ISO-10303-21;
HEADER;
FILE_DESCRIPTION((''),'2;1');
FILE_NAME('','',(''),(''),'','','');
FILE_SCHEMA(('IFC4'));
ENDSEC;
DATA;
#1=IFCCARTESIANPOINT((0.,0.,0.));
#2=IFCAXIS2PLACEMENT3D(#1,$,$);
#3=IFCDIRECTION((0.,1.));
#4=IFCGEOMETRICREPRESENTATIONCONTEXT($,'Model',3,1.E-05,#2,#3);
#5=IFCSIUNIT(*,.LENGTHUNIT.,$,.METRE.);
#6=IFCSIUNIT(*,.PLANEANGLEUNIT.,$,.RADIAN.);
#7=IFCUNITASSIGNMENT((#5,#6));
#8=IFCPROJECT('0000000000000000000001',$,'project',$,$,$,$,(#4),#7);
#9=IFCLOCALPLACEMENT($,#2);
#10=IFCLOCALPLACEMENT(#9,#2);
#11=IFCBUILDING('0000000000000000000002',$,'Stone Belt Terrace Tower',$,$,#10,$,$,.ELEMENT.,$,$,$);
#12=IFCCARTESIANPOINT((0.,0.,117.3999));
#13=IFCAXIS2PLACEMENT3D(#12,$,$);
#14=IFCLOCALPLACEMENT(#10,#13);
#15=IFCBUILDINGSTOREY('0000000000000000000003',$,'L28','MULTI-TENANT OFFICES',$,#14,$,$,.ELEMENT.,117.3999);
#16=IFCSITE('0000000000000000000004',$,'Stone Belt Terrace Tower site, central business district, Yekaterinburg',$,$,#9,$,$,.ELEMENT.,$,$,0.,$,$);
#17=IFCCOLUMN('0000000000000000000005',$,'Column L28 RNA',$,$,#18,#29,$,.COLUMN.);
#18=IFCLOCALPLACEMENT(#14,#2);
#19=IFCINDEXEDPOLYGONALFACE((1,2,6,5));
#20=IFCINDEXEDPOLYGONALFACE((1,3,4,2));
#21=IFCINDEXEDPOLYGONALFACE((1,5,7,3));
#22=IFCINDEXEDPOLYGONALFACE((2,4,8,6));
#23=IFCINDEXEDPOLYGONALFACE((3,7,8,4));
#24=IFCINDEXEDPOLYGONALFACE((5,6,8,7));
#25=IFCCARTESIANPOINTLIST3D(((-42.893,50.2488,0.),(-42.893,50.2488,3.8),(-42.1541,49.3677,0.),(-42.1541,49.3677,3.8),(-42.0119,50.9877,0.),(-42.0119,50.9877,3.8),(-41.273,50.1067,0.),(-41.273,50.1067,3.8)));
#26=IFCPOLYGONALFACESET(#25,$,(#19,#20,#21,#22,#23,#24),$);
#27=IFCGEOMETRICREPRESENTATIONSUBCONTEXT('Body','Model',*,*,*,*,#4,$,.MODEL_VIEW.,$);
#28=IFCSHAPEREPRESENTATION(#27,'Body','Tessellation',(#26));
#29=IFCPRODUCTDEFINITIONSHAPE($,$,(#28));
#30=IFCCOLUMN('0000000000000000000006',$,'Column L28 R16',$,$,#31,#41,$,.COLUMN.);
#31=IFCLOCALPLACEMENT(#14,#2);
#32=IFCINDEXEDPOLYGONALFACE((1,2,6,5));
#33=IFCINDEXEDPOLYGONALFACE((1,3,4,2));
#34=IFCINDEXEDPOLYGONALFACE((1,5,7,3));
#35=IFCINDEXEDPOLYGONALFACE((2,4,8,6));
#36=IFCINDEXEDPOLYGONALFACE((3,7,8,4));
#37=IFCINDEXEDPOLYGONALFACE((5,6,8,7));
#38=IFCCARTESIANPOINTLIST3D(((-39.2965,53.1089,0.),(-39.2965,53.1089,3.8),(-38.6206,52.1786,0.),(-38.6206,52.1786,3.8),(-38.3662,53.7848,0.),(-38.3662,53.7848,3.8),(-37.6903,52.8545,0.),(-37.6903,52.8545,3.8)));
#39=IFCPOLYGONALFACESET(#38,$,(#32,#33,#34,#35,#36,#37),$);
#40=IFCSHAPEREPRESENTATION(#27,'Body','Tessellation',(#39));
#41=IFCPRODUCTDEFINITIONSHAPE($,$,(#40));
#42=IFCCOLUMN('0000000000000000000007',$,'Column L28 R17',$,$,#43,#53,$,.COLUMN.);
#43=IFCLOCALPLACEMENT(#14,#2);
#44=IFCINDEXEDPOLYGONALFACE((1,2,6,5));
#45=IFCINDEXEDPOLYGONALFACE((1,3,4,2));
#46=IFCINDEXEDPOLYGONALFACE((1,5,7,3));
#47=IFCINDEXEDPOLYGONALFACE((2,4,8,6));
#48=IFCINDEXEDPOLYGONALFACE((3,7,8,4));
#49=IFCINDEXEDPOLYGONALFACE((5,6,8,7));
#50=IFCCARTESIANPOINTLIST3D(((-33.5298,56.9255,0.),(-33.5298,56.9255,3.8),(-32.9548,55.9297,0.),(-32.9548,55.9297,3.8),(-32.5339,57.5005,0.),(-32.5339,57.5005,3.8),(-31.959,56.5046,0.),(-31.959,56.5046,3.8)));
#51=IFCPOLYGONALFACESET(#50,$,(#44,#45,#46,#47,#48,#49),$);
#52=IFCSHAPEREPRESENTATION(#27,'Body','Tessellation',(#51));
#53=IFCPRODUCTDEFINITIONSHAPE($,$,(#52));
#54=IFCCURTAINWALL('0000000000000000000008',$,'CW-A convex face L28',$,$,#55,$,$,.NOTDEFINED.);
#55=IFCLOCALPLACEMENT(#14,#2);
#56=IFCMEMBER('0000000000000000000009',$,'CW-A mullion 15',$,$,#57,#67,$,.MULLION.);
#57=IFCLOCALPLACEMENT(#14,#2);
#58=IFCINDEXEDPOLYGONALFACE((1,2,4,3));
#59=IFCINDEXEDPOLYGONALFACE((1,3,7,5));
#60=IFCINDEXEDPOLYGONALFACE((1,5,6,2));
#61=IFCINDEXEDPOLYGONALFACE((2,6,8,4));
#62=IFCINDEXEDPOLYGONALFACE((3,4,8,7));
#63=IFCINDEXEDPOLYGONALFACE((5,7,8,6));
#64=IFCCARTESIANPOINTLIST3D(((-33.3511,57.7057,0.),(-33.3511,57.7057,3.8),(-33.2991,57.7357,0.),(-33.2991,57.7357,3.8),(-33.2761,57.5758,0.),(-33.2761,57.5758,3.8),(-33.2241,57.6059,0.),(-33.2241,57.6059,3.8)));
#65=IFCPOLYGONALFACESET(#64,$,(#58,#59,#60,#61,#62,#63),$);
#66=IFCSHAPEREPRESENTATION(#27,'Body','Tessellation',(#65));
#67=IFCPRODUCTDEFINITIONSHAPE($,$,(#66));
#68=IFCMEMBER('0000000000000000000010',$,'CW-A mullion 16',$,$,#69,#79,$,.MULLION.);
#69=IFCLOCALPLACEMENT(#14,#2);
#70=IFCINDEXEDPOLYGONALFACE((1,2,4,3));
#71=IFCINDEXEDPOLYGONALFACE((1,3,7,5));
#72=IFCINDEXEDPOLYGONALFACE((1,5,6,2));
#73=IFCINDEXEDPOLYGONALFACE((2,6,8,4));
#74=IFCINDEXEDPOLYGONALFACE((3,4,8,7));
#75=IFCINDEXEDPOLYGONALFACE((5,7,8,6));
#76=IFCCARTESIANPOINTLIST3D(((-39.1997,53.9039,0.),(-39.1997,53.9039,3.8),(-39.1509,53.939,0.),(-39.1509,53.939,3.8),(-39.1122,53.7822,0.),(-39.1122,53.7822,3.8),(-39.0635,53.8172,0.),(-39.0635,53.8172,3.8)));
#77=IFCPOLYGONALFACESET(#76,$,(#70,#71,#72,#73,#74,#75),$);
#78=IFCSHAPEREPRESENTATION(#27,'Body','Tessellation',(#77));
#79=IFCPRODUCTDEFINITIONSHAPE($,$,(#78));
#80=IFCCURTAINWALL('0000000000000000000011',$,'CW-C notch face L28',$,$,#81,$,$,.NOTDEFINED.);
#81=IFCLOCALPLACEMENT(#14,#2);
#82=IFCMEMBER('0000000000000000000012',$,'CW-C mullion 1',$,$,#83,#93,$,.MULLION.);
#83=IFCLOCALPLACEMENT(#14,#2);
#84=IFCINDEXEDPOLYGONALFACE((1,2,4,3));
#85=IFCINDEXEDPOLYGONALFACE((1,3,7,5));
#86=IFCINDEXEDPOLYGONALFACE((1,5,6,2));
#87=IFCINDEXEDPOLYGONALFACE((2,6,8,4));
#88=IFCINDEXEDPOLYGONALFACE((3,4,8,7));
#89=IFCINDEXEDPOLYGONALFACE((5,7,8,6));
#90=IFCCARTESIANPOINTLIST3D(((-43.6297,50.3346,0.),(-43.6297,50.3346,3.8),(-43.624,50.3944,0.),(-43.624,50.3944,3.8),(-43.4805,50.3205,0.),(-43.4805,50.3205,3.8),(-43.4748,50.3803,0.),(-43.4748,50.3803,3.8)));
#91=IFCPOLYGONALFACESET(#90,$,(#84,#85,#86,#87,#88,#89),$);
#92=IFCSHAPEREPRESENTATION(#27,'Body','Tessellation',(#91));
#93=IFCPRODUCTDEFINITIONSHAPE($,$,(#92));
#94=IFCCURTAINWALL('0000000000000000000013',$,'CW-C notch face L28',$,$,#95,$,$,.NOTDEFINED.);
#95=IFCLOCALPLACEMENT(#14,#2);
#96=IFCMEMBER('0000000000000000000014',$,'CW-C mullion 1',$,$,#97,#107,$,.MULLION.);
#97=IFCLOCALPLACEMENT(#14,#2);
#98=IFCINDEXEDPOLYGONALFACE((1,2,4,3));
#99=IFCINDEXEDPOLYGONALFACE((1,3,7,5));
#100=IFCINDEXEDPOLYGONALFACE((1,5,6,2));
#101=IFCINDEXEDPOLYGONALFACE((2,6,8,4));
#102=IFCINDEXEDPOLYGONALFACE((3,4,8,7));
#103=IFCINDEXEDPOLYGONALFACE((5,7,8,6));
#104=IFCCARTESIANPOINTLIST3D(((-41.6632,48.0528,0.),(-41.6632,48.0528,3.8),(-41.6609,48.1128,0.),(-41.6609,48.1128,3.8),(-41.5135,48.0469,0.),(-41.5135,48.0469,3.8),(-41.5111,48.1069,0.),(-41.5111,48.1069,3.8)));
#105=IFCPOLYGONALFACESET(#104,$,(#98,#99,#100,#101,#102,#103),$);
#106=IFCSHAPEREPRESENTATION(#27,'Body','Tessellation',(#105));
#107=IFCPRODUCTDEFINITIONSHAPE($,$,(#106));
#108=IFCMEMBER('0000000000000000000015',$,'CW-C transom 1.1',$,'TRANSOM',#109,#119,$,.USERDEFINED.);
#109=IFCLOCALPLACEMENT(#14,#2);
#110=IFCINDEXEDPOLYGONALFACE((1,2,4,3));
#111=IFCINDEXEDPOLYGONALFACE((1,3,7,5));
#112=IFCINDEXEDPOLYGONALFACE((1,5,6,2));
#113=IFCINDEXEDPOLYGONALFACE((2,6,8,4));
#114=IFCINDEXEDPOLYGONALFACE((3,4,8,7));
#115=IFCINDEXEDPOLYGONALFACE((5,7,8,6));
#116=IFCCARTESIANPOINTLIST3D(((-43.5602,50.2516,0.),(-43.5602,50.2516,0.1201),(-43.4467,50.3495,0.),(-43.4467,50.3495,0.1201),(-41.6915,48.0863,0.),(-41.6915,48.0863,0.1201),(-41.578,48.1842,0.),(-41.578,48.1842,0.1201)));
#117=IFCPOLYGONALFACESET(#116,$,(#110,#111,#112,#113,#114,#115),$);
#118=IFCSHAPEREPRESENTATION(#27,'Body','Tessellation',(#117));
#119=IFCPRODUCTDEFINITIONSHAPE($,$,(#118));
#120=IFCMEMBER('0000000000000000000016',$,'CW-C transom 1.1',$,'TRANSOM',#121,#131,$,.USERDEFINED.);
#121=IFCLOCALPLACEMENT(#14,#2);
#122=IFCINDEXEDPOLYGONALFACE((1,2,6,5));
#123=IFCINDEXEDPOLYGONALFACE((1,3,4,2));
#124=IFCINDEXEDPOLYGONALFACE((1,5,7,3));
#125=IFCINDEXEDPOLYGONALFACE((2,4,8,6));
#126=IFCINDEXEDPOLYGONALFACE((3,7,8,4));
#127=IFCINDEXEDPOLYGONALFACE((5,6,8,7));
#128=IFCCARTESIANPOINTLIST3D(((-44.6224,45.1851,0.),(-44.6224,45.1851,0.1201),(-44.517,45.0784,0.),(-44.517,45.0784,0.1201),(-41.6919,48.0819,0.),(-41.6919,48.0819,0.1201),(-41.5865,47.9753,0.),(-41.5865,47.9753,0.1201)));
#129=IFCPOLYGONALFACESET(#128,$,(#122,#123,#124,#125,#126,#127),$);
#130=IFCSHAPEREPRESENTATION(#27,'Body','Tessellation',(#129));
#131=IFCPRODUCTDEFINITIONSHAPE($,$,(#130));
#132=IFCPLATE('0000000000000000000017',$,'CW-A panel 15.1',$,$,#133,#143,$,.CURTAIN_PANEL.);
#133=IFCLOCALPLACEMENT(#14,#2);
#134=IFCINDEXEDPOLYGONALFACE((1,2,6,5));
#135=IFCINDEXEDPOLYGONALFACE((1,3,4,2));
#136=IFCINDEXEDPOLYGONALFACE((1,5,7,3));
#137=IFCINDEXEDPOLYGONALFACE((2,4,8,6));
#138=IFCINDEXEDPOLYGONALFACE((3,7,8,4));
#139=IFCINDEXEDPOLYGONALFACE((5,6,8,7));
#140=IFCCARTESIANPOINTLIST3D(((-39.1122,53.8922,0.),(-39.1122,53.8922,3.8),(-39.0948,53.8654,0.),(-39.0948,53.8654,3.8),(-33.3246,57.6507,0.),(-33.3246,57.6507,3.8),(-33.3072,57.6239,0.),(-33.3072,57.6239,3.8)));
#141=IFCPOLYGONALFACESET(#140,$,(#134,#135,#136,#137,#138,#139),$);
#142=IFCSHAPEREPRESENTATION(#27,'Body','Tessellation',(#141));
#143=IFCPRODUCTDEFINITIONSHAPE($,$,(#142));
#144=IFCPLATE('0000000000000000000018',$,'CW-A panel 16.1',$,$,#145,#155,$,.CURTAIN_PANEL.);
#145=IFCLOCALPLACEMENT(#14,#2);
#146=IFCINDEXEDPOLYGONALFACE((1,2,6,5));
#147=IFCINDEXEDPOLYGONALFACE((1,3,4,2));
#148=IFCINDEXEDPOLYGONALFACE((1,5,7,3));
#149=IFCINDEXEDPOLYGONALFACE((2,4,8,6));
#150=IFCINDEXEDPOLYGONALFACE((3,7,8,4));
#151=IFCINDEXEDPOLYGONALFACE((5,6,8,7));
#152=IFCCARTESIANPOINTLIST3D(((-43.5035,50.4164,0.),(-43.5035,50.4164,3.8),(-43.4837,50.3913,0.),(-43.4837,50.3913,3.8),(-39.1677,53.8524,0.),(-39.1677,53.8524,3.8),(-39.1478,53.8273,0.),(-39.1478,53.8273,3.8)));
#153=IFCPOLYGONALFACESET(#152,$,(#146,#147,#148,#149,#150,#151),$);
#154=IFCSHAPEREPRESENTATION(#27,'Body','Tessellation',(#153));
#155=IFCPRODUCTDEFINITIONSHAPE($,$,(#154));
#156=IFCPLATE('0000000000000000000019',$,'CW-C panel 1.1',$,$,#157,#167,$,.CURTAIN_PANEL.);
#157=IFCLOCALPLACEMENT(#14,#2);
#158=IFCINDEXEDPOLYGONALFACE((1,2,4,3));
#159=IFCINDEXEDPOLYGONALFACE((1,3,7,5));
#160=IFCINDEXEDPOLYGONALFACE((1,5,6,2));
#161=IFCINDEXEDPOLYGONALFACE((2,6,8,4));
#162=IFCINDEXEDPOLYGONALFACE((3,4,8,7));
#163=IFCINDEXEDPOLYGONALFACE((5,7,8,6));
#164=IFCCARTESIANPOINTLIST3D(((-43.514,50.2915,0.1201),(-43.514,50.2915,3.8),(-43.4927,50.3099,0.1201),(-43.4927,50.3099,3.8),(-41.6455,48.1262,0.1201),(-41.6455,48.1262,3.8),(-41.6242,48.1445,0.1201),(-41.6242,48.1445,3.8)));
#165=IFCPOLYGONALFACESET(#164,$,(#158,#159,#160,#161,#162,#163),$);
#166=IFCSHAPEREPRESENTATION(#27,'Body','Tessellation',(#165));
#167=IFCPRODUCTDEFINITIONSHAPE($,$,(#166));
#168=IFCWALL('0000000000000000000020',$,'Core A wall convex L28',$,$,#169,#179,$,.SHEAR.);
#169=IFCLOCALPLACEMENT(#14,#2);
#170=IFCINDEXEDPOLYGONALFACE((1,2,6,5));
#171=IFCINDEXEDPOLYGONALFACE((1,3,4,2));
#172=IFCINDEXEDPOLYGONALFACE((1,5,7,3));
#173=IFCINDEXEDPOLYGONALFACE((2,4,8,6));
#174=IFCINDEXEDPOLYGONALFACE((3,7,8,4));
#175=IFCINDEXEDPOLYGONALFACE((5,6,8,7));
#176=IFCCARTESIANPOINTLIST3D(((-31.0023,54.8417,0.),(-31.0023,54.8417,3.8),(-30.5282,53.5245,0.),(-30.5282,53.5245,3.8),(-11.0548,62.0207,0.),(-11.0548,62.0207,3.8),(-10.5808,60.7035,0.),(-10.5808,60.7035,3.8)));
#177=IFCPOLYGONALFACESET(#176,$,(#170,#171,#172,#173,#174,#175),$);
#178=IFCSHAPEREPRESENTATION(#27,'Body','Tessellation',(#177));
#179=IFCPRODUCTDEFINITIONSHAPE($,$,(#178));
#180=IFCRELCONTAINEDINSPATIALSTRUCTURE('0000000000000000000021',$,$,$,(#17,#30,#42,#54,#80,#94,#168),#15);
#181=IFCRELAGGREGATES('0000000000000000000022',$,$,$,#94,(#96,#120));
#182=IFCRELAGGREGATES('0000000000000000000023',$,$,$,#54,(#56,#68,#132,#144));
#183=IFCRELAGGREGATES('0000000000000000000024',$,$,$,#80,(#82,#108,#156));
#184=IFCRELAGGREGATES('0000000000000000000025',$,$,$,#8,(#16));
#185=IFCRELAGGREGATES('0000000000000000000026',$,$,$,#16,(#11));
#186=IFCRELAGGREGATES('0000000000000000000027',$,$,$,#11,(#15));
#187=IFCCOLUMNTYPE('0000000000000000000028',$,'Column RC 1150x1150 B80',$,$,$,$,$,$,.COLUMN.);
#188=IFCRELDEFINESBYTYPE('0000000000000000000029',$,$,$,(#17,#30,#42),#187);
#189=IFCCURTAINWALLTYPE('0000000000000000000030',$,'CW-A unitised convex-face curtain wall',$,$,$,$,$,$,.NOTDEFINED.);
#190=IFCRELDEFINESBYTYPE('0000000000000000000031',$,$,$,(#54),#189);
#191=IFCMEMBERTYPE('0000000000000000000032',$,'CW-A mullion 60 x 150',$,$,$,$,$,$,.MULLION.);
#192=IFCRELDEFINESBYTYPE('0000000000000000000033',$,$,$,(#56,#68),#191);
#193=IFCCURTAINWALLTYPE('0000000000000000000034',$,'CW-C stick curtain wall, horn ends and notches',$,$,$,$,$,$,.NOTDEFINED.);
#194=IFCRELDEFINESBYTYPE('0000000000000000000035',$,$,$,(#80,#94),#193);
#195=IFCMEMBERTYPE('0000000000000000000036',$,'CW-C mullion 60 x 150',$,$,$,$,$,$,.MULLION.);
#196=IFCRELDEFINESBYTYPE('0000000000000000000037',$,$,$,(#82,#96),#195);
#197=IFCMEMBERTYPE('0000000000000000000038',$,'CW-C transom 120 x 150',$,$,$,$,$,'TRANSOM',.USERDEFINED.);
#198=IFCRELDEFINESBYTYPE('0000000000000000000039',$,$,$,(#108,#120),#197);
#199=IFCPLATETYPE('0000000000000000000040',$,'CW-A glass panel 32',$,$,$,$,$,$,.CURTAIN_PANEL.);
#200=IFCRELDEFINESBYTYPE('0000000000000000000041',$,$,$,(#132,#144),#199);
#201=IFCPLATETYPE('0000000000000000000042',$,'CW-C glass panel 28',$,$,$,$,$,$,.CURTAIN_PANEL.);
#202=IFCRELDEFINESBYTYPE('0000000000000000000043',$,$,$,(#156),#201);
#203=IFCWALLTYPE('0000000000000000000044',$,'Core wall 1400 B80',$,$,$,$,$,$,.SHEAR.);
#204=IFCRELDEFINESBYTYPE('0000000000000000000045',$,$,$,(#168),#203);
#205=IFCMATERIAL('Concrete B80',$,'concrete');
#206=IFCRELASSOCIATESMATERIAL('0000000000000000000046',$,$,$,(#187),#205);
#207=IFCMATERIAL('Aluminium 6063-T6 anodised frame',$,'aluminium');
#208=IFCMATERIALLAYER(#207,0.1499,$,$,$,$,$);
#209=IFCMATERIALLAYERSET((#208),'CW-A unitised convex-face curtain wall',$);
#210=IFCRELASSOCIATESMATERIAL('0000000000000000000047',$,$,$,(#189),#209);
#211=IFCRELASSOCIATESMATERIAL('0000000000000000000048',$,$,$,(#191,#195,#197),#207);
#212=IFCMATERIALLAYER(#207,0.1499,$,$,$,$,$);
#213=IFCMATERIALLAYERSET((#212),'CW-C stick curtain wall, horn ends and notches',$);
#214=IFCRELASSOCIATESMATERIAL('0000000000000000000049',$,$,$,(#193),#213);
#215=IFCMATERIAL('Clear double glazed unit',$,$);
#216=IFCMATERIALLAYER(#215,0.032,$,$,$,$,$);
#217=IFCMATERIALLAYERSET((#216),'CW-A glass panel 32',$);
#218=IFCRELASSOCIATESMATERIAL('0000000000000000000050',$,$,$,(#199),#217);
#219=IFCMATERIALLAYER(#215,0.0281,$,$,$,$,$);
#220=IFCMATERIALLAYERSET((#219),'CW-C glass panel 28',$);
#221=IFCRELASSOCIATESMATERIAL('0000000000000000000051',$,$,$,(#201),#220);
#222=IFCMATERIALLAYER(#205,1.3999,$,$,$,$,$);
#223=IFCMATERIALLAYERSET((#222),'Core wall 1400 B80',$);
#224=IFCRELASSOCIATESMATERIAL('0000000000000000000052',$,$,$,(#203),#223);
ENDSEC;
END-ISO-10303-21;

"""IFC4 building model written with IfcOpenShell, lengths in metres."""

from ifc_helpers import new_model, si_unit, direction, frame, frame_2d, origin, origin_2d, place, context, subcontext, project, spatial, rectangle, extrude, material, layer, layer_set, material_profile, profile_set, type_object, element, aggregate, save


model = new_model("IFC4")

# Units and contexts
model_context = context("Model", 3, precision=1e-05, world=origin(), true_north=direction((0.0, 1.0)))
body_context = subcontext(model_context, "Body", "Model", "MODEL_VIEW")
ifc_project = project(units=[si_unit("LENGTHUNIT", "METRE"), si_unit("PLANEANGLEUNIT", "RADIAN")], contexts=[model_context])

# Site, building, storey
site_placement = place(None, origin())
site = spatial("IfcSite", under=ifc_project, at=site_placement, Name="Stone Belt Terrace Tower site, central business district, Yekaterinburg", CompositionType="ELEMENT", RefElevation=0.0)
building_placement = place(site_placement, origin())
building = spatial("IfcBuilding", under=site, at=building_placement, Name="Stone Belt Terrace Tower", CompositionType="ELEMENT")
storey_placement = place(building_placement, frame((0.0, 0.0, 117.3999)))
storey = spatial("IfcBuildingStorey", under=building, at=storey_placement, Name="L28", Description="MULTI-TENANT OFFICES", CompositionType="ELEMENT", Elevation=117.3999)

# Columns
ifc_material_1 = material(Name="Concrete B80", Category="concrete")
ifc_material_profile_1 = material_profile(ifc_material_1, rectangle(XDim=1.1499, YDim=1.1499, at=origin_2d()), Name="RC 1150x1150")
ifc_profile_set_1 = profile_set([ifc_material_profile_1], Name="Concrete B80")
column_type = type_object("IfcColumnType", Name="Column RC 1150x1150 B80", PredefinedType="COLUMN", material=ifc_profile_set_1)
for number, where, z_axis, x_axis, name in (
    (1, (-42.083, 50.1777, 0.0), (0.0, 0.0, 1.0), (0.766203, 0.642599, 0.0), "Column L28 RNA"),
    (2, (-38.4934, 52.9817, 0.0), (0.0, 0.0, 1.0), (0.809017, 0.587785, 0.0), "Column L28 R16"),
    (3, (-32.7444, 56.7151, 0.0), (0.0, 0.0, 1.0), (0.866025, 0.5, 0.0), "Column L28 R17"),
):
    element("IfcColumn", number, at=place(storey_placement, frame(where, z_axis=z_axis, x_axis=x_axis)), inside=storey, type_object=column_type, Name=name, PredefinedType="COLUMN", context=body_context, shape_type="SweptSolid", body=[
        extrude(rectangle(XDim=1.1499, YDim=1.1499, at=origin_2d()), origin(), (0.0, 0.0, 1.0), 3.8),
    ])

# Curtain wall, members
ifc_material_2 = material(Name="Aluminium 6063-T6 anodised frame", Category="aluminium")
ifc_layer_1 = layer(ifc_material_2, 0.1499)
ifc_layer_set_1 = layer_set([ifc_layer_1], Name="CW-A unitised convex-face curtain wall")
curtain_wall_type_1 = type_object("IfcCurtainWallType", Name="CW-A unitised convex-face curtain wall", PredefinedType="NOTDEFINED", material=ifc_layer_set_1)
curtain_wall_1_placement = place(storey_placement, origin())
curtain_wall_1 = element("IfcCurtainWall", 4, at=curtain_wall_1_placement, inside=storey, type_object=curtain_wall_type_1, Name="CW-A convex face L28", PredefinedType="NOTDEFINED")
ifc_material_profile_2 = material_profile(ifc_material_2, rectangle(XDim=0.1499, YDim=0.0601, at=origin_2d()), Name="Aluminium 6063-T6 60x150")
ifc_profile_set_2 = profile_set([ifc_material_profile_2], Name="Aluminium 6063-T6 anodised frame")
member_type_1 = type_object("IfcMemberType", Name="CW-A mullion 60 x 150", PredefinedType="MULLION", material=ifc_profile_set_2)
member_1_placement = place(storey_placement, frame((-33.2876, 57.6558, 0.0), z_axis=(0.0, 0.0, 1.0), x_axis=(0.5, -0.866025, 0.0)))
member_1 = element("IfcMember", 5, at=member_1_placement, type_object=member_type_1, Name="CW-A mullion 15", PredefinedType="MULLION", context=body_context, shape_type="SweptSolid", body=[
    extrude(rectangle(XDim=0.1499, YDim=0.0601, at=origin_2d()), origin(), (0.0, 0.0, 1.0), 3.8),
])
member_2_placement = place(storey_placement, frame((-39.1316, 53.8606, 0.0), z_axis=(0.0, 0.0, 1.0), x_axis=(0.583509, -0.812107, 0.0)))
member_2 = element("IfcMember", 6, at=member_2_placement, type_object=member_type_1, Name="CW-A mullion 16", PredefinedType="MULLION", context=body_context, shape_type="SweptSolid", body=[
    extrude(rectangle(XDim=0.1499, YDim=0.0601, at=origin_2d()), origin(), (0.0, 0.0, 1.0), 3.8),
])

# Curtain walls, members
ifc_layer_2 = layer(ifc_material_2, 0.1499)
ifc_layer_set_2 = layer_set([ifc_layer_2], Name="CW-C stick curtain wall, horn ends and notches")
curtain_wall_type_2 = type_object("IfcCurtainWallType", Name="CW-C stick curtain wall, horn ends and notches", PredefinedType="NOTDEFINED", material=ifc_layer_set_2)
curtain_wall_2_placement = place(storey_placement, origin())
curtain_wall_2 = element("IfcCurtainWall", 7, at=curtain_wall_2_placement, inside=storey, type_object=curtain_wall_type_2, Name="CW-C notch face L28", PredefinedType="NOTDEFINED")
ifc_material_profile_3 = material_profile(ifc_material_2, rectangle(XDim=0.1499, YDim=0.0601, at=origin_2d()), Name="Aluminium 6063-T6 60x150")
ifc_profile_set_3 = profile_set([ifc_material_profile_3], Name="Aluminium 6063-T6 anodised frame")
member_type_2 = type_object("IfcMemberType", Name="CW-C mullion 60 x 150", PredefinedType="MULLION", material=ifc_profile_set_3)
member_3_placement = place(storey_placement, frame((-43.5522, 50.3574, 0.0), z_axis=(0.0, 0.0, 1.0), x_axis=(0.995551, -0.094228, 0.0)))
member_3 = element("IfcMember", 8, at=member_3_placement, type_object=member_type_2, Name="CW-C mullion 1", PredefinedType="MULLION", context=body_context, shape_type="SweptSolid", body=[
    extrude(rectangle(XDim=0.1499, YDim=0.0601, at=origin_2d()), origin(), (0.0, 0.0, 1.0), 3.8),
])
curtain_wall_3_placement = place(storey_placement, origin())
curtain_wall_3 = element("IfcCurtainWall", 9, at=curtain_wall_3_placement, inside=storey, type_object=curtain_wall_type_2, Name="CW-C notch face L28", PredefinedType="NOTDEFINED")
member_4_placement = place(storey_placement, frame((-41.5872, 48.0798, 0.0), z_axis=(0.0, 0.0, 1.0), x_axis=(0.999215, -0.039619, 0.0)))
member_4 = element("IfcMember", 10, at=member_4_placement, type_object=member_type_2, Name="CW-C mullion 1", PredefinedType="MULLION", context=body_context, shape_type="SweptSolid", body=[
    extrude(rectangle(XDim=0.1499, YDim=0.0601, at=origin_2d()), origin(), (0.0, 0.0, 1.0), 3.8),
])

# Members
ifc_material_profile_4 = material_profile(ifc_material_2, rectangle(XDim=0.1499, YDim=0.1201, at=origin_2d()), Name="Aluminium 6063-T6 150x120")
ifc_profile_set_4 = profile_set([ifc_material_profile_4], Name="Aluminium 6063-T6 anodised frame")
member_type_3 = type_object("IfcMemberType", Name="CW-C transom 120 x 150", ElementType="TRANSOM", PredefinedType="USERDEFINED", material=ifc_profile_set_4)
member_5_placement = place(storey_placement, frame((-43.5034, 50.3005, 0.0601), z_axis=(0.653346, -0.757059, 0.0), x_axis=(0.757059, 0.653346, 0.0)))
member_5 = element("IfcMember", 11, at=member_5_placement, type_object=member_type_3, Name="CW-C transom 1.1", ObjectType="TRANSOM", PredefinedType="USERDEFINED", context=body_context, shape_type="SweptSolid", body=[
    extrude(rectangle(XDim=0.1499, YDim=0.1201, at=origin_2d()), origin(), (0.0, 0.0, 1.0), 2.8601),
])
member_6_placement = place(storey_placement, frame((-41.6392, 48.0286, 0.0601), z_axis=(-0.711183, -0.703007, 0.0), x_axis=(0.703007, -0.711183, 0.0)))
member_6 = element("IfcMember", 12, at=member_6_placement, type_object=member_type_3, Name="CW-C transom 1.1", ObjectType="TRANSOM", PredefinedType="USERDEFINED", context=body_context, shape_type="SweptSolid", body=[
    extrude(rectangle(XDim=0.1499, YDim=0.1201, at=origin_2d()), origin(), (0.0, 0.0, 1.0), 4.1206),
])
aggregate(curtain_wall_3, [member_4, member_6])

# Plates
ifc_material_3 = material(Name="Clear double glazed unit")
ifc_layer_3 = layer(ifc_material_3, 0.032)
ifc_layer_set_3 = layer_set([ifc_layer_3], Name="CW-A glass panel 32")
plate_type_1 = type_object("IfcPlateType", Name="CW-A glass panel 32", PredefinedType="CURTAIN_PANEL", material=ifc_layer_set_3)
plate_1_placement = place(storey_placement, frame((-36.2097, 55.7581, 0.0), z_axis=(0.0, 0.0, 1.0), x_axis=(-0.838671, -0.544639, 0.0)))
plate_1 = element("IfcPlate", 13, at=plate_1_placement, type_object=plate_type_1, Name="CW-A panel 15.1", PredefinedType="CURTAIN_PANEL", context=body_context, shape_type="SweptSolid", body=[
    extrude(rectangle(XDim=6.9009, YDim=0.032, at=origin_2d()), origin(), (0.0, 0.0, 1.0), 3.8),
])
plate_2_placement = place(storey_placement, frame((-41.3257, 52.1218, 0.0), z_axis=(0.0, 0.0, 1.0), x_axis=(-0.783743, -0.621085, 0.0)))
plate_2 = element("IfcPlate", 14, at=plate_2_placement, type_object=plate_type_1, Name="CW-A panel 16.1", PredefinedType="CURTAIN_PANEL", context=body_context, shape_type="SweptSolid", body=[
    extrude(rectangle(XDim=5.5322, YDim=0.032, at=origin_2d()), origin(), (0.0, 0.0, 1.0), 3.8),
])
aggregate(curtain_wall_1, [member_1, member_2, plate_1, plate_2])
ifc_layer_4 = layer(ifc_material_3, 0.0281)
ifc_layer_set_4 = layer_set([ifc_layer_4], Name="CW-C glass panel 28")
plate_type_2 = type_object("IfcPlateType", Name="CW-C glass panel 28", PredefinedType="CURTAIN_PANEL", material=ifc_layer_set_4)
plate_3_placement = place(storey_placement, frame((-42.5691, 49.218, 0.1201), z_axis=(0.0, 0.0, 1.0), x_axis=(0.6533, -0.7571, 0.0)))
plate_3 = element("IfcPlate", 15, at=plate_3_placement, type_object=plate_type_2, Name="CW-C panel 1.1", PredefinedType="CURTAIN_PANEL", context=body_context, shape_type="SweptSolid", body=[
    extrude(rectangle(XDim=2.8601, YDim=0.0281, at=origin_2d()), origin(), (0.0, 0.0, 1.0), 3.6799),
])
aggregate(curtain_wall_2, [member_3, member_5, plate_3])

# Wall
ifc_layer_5 = layer(ifc_material_1, 1.3999)
ifc_layer_set_5 = layer_set([ifc_layer_5], Name="Core wall 1400 B80")
wall_type_1 = type_object("IfcWallType", Name="Core wall 1400 B80", PredefinedType="SHEAR", material=ifc_layer_set_5)
wall_1_placement = place(storey_placement, frame((-30.7654, 54.1831, 0.0), z_axis=(0.0, 0.0, 1.0), x_axis=(0.94092, 0.33863, 0.0)))
element("IfcWall", 16, at=wall_1_placement, inside=storey, type_object=wall_type_1, Name="Core A wall convex L28", PredefinedType="SHEAR", context=body_context, shape_type="SweptSolid", body=[
    extrude(rectangle(XDim=21.2, YDim=1.3999, at=frame_2d((10.6001, 0.0))), origin(), (0.0, 0.0, 1.0), 3.8),
])

save(model, "model.ifc")
